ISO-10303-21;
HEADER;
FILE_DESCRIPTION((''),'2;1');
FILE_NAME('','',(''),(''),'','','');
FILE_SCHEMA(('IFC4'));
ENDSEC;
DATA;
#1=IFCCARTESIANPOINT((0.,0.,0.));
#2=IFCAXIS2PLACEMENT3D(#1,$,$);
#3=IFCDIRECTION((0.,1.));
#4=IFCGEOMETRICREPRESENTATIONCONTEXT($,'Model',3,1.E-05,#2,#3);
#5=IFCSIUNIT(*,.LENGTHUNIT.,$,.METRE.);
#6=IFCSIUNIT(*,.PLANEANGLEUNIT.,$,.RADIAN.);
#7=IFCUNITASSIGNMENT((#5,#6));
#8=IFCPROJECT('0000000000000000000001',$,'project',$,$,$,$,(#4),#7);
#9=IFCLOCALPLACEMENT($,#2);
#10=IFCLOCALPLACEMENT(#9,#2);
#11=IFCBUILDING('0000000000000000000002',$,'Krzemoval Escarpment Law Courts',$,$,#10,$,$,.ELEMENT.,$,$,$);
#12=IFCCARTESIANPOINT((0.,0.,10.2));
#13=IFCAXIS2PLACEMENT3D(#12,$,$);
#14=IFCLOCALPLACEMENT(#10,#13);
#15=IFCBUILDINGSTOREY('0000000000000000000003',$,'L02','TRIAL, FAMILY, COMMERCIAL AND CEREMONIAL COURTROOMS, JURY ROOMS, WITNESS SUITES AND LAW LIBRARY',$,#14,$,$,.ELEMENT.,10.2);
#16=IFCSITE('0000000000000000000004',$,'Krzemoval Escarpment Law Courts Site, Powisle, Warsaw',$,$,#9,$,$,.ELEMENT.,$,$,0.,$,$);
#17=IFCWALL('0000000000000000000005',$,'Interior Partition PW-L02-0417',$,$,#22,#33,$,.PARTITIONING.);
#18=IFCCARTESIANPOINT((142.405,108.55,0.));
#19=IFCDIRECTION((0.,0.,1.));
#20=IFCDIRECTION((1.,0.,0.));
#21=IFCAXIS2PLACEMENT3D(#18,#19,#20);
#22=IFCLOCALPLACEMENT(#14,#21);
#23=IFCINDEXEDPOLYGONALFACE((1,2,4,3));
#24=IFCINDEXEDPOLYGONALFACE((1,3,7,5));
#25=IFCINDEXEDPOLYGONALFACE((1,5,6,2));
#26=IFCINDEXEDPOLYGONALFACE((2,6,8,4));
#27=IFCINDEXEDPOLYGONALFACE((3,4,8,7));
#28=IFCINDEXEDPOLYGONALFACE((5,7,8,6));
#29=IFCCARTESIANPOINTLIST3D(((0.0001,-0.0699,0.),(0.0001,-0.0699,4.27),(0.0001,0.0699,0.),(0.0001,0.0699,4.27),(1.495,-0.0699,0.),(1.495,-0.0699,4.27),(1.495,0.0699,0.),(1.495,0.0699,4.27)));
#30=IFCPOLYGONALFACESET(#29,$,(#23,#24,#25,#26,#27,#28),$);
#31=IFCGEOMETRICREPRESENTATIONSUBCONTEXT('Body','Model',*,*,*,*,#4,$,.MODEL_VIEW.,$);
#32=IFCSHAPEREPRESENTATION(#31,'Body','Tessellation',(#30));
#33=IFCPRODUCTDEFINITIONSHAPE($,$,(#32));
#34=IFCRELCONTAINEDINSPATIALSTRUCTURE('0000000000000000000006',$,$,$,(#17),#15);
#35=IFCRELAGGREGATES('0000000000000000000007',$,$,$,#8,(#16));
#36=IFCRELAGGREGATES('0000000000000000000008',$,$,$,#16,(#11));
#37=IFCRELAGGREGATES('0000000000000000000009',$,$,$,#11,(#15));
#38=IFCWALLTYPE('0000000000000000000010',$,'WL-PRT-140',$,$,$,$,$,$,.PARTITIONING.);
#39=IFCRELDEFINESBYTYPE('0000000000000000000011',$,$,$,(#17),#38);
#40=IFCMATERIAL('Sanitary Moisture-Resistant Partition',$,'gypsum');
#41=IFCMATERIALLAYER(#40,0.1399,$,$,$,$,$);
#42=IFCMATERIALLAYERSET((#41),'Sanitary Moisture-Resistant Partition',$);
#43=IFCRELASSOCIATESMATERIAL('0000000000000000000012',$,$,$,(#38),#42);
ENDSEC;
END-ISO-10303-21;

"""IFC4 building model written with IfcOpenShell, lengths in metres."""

from ifc_helpers import new_model, si_unit, direction, frame, frame_2d, origin, place, context, subcontext, project, spatial, rectangle, extrude, material, layer, layer_set, type_object, element, save


model = new_model("IFC4")

# Units and contexts
model_context = context("Model", 3, precision=1e-05, world=origin(), true_north=direction((0.0, 1.0)))
body_context = subcontext(model_context, "Body", "Model", "MODEL_VIEW")
ifc_project = project(units=[si_unit("LENGTHUNIT", "METRE"), si_unit("PLANEANGLEUNIT", "RADIAN")], contexts=[model_context])

# Site, building, storey
site_placement = place(None, origin())
site = spatial("IfcSite", under=ifc_project, at=site_placement, Name="Krzemoval Escarpment Law Courts Site, Powisle, Warsaw", CompositionType="ELEMENT", RefElevation=0.0)
building_placement = place(site_placement, origin())
building = spatial("IfcBuilding", under=site, at=building_placement, Name="Krzemoval Escarpment Law Courts", CompositionType="ELEMENT")
storey_placement = place(building_placement, frame((0.0, 0.0, 10.2)))
storey = spatial("IfcBuildingStorey", under=building, at=storey_placement, Name="L02", Description="TRIAL, FAMILY, COMMERCIAL AND CEREMONIAL COURTROOMS, JURY ROOMS, WITNESS SUITES AND LAW LIBRARY", CompositionType="ELEMENT", Elevation=10.2)

# Wall
ifc_material_1 = material(Name="Sanitary Moisture-Resistant Partition", Category="gypsum")
ifc_layer_1 = layer(ifc_material_1, 0.1399)
ifc_layer_set_1 = layer_set([ifc_layer_1], Name="Sanitary Moisture-Resistant Partition")
wall_type_1 = type_object("IfcWallType", Name="WL-PRT-140", PredefinedType="PARTITIONING", material=ifc_layer_set_1)
wall_1_placement = place(storey_placement, frame((142.405, 108.55, 0.0), z_axis=(0.0, 0.0, 1.0), x_axis=(1.0, 0.0, 0.0)))
element("IfcWall", 1, at=wall_1_placement, inside=storey, type_object=wall_type_1, Name="Interior Partition PW-L02-0417", PredefinedType="PARTITIONING", context=body_context, shape_type="SweptSolid", body=[
    extrude(rectangle(XDim=1.4949, YDim=0.1399, at=frame_2d((0.7476, 0.0))), origin(), (0.0, 0.0, 1.0), 4.27),
])

save(model, "model.ifc")
